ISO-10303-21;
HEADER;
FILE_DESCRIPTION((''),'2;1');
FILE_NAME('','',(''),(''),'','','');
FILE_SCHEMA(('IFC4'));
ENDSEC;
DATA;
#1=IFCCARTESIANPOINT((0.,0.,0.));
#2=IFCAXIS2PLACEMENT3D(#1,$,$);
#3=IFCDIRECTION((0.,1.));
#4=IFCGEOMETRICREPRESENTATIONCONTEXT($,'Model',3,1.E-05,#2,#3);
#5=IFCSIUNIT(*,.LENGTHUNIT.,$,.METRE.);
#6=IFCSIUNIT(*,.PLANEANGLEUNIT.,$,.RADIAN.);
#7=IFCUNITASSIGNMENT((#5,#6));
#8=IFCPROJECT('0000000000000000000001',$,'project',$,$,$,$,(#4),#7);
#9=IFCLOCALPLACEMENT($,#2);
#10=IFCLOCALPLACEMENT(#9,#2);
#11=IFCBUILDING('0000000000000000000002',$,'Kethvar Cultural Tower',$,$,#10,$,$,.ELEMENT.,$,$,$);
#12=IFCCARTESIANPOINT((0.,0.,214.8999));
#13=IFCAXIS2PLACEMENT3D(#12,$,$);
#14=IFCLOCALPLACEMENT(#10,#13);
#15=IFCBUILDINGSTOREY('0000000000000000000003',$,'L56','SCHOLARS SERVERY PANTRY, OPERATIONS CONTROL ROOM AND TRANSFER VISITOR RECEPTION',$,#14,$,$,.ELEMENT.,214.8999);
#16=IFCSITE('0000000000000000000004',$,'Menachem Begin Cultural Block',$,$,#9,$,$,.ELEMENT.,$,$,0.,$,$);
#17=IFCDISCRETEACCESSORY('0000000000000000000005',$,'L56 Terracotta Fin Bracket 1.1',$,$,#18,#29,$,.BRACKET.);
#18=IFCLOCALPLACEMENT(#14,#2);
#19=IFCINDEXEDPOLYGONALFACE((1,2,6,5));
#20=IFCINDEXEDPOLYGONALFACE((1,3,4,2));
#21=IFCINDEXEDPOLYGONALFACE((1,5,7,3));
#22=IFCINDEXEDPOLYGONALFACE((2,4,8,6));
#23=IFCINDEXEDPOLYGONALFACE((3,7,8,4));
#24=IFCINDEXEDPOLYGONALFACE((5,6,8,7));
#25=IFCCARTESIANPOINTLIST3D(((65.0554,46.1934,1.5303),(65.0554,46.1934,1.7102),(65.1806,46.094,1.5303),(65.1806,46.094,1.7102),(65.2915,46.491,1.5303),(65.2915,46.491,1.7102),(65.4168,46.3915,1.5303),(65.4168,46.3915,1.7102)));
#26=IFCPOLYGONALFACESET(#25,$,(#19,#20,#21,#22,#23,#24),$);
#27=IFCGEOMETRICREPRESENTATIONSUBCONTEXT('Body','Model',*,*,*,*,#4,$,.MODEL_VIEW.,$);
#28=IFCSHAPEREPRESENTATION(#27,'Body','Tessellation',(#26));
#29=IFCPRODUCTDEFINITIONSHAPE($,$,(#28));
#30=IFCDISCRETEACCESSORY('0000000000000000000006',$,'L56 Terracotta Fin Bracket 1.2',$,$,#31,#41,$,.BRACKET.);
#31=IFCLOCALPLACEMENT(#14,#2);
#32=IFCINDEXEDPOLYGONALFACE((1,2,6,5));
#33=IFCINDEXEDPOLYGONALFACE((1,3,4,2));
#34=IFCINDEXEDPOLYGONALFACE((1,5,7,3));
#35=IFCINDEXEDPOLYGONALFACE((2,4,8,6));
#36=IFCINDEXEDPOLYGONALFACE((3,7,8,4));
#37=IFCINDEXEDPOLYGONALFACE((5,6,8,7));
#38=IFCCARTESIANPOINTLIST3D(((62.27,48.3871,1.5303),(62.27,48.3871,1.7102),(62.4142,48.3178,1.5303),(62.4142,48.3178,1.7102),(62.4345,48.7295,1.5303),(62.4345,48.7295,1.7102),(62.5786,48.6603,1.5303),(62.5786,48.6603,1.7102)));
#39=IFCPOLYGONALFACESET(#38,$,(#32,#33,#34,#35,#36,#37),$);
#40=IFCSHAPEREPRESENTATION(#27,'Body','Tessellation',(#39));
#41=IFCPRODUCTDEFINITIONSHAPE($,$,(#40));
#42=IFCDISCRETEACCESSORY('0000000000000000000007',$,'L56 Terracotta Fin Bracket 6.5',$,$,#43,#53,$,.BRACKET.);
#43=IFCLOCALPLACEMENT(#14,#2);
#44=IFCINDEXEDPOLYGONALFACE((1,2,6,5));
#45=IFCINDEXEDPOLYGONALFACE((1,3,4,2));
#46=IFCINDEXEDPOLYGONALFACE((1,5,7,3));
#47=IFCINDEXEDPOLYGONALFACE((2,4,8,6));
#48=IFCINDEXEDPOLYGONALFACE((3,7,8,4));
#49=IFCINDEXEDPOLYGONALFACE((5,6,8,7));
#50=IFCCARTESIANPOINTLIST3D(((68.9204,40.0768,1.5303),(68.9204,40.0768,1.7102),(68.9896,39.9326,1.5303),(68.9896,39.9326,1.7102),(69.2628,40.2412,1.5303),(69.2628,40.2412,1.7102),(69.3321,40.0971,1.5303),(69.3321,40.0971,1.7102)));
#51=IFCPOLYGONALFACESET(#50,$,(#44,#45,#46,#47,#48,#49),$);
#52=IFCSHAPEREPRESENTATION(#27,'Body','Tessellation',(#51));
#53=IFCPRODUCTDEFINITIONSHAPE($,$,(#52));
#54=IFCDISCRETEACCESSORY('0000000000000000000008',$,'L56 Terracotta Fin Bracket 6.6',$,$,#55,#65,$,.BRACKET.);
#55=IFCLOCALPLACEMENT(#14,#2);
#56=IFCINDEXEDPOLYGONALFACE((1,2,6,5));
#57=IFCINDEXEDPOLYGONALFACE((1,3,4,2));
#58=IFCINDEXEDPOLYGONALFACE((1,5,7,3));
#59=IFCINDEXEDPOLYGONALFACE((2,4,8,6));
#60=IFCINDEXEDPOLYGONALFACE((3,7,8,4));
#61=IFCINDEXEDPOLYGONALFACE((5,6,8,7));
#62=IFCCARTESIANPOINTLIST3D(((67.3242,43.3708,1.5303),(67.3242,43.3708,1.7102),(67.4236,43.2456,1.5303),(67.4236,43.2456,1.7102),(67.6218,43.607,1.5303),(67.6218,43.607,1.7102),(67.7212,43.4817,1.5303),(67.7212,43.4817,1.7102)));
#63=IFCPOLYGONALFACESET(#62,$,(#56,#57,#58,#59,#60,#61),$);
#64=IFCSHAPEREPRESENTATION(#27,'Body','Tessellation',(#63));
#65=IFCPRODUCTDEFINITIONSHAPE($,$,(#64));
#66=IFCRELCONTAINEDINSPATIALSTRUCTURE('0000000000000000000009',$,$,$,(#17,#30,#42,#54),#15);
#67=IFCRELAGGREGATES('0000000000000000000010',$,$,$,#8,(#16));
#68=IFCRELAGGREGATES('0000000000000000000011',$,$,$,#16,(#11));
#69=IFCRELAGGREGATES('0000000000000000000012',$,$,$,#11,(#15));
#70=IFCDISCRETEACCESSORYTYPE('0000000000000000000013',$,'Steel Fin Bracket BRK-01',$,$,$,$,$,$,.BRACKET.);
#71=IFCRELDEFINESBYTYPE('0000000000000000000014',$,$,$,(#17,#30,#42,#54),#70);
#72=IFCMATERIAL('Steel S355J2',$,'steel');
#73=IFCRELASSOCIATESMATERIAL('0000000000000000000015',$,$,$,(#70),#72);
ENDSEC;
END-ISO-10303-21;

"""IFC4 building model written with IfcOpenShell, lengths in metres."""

from ifc_helpers import new_model, si_unit, direction, frame, origin, origin_2d, place, context, subcontext, project, spatial, rectangle, extrude, source, transform, mapped, material, type_object, element, save


model = new_model("IFC4")

# Units and contexts
model_context = context("Model", 3, precision=1e-05, world=origin(), true_north=direction((0.0, 1.0)))
body_context = subcontext(model_context, "Body", "Model", "MODEL_VIEW")
ifc_project = project(units=[si_unit("LENGTHUNIT", "METRE"), si_unit("PLANEANGLEUNIT", "RADIAN")], contexts=[model_context])

# Site, building, storey
site_placement = place(None, origin())
site = spatial("IfcSite", under=ifc_project, at=site_placement, Name="Menachem Begin Cultural Block", CompositionType="ELEMENT", RefElevation=0.0)
building_placement = place(site_placement, origin())
building = spatial("IfcBuilding", under=site, at=building_placement, Name="Kethvar Cultural Tower", CompositionType="ELEMENT")
storey_placement = place(building_placement, frame((0.0, 0.0, 214.8999)))
storey = spatial("IfcBuildingStorey", under=building, at=storey_placement, Name="L56", Description="SCHOLARS SERVERY PANTRY, OPERATIONS CONTROL ROOM AND TRANSFER VISITOR RECEPTION", CompositionType="ELEMENT", Elevation=214.8999)

# Shared definitions
ifc_material_1 = material(Name="Steel S355J2", Category="steel")

# Discrete accessories
discrete_accessory_type = type_object("IfcDiscreteAccessoryType", Name="Steel Fin Bracket BRK-01", PredefinedType="BRACKET", material=ifc_material_1)
shared_shape_1 = source(origin(), body_context, "Body", "SweptSolid", [
    extrude(rectangle(XDim=0.3799, YDim=0.1599, at=origin_2d()), origin(), (0.0, 0.0, 1.0), 0.1799),
])
for number, where, z_axis, x_axis, name in (
    (1, (65.2361, 46.2925, 1.5303), (0.0, 0.0, 1.0), (0.621695, 0.78326, 0.0), "L56 Terracotta Fin Bracket 1.1"),
    (2, (62.4243, 48.5237, 1.5303), (0.0, 0.0, 1.0), (0.432873, 0.901455, 0.0), "L56 Terracotta Fin Bracket 1.2"),
    (3, (69.1262, 40.0869, 1.5303), (0.0, 0.0, 1.0), (0.901455, 0.432873, 0.0), "L56 Terracotta Fin Bracket 6.5"),
    (4, (67.5227, 43.4263, 1.5303), (0.0, 0.0, 1.0), (0.78326, 0.621695, 0.0), "L56 Terracotta Fin Bracket 6.6"),
):
    element("IfcDiscreteAccessory", number, at=place(storey_placement, frame(where, z_axis=z_axis, x_axis=x_axis)), inside=storey, type_object=discrete_accessory_type, Name=name, PredefinedType="BRACKET", context=body_context, shape_type="MappedRepresentation", body=[
        mapped(shared_shape_1, transform((0.0, 0.0, 0.0), scale=1.0)),
    ])

save(model, "model.ifc")
